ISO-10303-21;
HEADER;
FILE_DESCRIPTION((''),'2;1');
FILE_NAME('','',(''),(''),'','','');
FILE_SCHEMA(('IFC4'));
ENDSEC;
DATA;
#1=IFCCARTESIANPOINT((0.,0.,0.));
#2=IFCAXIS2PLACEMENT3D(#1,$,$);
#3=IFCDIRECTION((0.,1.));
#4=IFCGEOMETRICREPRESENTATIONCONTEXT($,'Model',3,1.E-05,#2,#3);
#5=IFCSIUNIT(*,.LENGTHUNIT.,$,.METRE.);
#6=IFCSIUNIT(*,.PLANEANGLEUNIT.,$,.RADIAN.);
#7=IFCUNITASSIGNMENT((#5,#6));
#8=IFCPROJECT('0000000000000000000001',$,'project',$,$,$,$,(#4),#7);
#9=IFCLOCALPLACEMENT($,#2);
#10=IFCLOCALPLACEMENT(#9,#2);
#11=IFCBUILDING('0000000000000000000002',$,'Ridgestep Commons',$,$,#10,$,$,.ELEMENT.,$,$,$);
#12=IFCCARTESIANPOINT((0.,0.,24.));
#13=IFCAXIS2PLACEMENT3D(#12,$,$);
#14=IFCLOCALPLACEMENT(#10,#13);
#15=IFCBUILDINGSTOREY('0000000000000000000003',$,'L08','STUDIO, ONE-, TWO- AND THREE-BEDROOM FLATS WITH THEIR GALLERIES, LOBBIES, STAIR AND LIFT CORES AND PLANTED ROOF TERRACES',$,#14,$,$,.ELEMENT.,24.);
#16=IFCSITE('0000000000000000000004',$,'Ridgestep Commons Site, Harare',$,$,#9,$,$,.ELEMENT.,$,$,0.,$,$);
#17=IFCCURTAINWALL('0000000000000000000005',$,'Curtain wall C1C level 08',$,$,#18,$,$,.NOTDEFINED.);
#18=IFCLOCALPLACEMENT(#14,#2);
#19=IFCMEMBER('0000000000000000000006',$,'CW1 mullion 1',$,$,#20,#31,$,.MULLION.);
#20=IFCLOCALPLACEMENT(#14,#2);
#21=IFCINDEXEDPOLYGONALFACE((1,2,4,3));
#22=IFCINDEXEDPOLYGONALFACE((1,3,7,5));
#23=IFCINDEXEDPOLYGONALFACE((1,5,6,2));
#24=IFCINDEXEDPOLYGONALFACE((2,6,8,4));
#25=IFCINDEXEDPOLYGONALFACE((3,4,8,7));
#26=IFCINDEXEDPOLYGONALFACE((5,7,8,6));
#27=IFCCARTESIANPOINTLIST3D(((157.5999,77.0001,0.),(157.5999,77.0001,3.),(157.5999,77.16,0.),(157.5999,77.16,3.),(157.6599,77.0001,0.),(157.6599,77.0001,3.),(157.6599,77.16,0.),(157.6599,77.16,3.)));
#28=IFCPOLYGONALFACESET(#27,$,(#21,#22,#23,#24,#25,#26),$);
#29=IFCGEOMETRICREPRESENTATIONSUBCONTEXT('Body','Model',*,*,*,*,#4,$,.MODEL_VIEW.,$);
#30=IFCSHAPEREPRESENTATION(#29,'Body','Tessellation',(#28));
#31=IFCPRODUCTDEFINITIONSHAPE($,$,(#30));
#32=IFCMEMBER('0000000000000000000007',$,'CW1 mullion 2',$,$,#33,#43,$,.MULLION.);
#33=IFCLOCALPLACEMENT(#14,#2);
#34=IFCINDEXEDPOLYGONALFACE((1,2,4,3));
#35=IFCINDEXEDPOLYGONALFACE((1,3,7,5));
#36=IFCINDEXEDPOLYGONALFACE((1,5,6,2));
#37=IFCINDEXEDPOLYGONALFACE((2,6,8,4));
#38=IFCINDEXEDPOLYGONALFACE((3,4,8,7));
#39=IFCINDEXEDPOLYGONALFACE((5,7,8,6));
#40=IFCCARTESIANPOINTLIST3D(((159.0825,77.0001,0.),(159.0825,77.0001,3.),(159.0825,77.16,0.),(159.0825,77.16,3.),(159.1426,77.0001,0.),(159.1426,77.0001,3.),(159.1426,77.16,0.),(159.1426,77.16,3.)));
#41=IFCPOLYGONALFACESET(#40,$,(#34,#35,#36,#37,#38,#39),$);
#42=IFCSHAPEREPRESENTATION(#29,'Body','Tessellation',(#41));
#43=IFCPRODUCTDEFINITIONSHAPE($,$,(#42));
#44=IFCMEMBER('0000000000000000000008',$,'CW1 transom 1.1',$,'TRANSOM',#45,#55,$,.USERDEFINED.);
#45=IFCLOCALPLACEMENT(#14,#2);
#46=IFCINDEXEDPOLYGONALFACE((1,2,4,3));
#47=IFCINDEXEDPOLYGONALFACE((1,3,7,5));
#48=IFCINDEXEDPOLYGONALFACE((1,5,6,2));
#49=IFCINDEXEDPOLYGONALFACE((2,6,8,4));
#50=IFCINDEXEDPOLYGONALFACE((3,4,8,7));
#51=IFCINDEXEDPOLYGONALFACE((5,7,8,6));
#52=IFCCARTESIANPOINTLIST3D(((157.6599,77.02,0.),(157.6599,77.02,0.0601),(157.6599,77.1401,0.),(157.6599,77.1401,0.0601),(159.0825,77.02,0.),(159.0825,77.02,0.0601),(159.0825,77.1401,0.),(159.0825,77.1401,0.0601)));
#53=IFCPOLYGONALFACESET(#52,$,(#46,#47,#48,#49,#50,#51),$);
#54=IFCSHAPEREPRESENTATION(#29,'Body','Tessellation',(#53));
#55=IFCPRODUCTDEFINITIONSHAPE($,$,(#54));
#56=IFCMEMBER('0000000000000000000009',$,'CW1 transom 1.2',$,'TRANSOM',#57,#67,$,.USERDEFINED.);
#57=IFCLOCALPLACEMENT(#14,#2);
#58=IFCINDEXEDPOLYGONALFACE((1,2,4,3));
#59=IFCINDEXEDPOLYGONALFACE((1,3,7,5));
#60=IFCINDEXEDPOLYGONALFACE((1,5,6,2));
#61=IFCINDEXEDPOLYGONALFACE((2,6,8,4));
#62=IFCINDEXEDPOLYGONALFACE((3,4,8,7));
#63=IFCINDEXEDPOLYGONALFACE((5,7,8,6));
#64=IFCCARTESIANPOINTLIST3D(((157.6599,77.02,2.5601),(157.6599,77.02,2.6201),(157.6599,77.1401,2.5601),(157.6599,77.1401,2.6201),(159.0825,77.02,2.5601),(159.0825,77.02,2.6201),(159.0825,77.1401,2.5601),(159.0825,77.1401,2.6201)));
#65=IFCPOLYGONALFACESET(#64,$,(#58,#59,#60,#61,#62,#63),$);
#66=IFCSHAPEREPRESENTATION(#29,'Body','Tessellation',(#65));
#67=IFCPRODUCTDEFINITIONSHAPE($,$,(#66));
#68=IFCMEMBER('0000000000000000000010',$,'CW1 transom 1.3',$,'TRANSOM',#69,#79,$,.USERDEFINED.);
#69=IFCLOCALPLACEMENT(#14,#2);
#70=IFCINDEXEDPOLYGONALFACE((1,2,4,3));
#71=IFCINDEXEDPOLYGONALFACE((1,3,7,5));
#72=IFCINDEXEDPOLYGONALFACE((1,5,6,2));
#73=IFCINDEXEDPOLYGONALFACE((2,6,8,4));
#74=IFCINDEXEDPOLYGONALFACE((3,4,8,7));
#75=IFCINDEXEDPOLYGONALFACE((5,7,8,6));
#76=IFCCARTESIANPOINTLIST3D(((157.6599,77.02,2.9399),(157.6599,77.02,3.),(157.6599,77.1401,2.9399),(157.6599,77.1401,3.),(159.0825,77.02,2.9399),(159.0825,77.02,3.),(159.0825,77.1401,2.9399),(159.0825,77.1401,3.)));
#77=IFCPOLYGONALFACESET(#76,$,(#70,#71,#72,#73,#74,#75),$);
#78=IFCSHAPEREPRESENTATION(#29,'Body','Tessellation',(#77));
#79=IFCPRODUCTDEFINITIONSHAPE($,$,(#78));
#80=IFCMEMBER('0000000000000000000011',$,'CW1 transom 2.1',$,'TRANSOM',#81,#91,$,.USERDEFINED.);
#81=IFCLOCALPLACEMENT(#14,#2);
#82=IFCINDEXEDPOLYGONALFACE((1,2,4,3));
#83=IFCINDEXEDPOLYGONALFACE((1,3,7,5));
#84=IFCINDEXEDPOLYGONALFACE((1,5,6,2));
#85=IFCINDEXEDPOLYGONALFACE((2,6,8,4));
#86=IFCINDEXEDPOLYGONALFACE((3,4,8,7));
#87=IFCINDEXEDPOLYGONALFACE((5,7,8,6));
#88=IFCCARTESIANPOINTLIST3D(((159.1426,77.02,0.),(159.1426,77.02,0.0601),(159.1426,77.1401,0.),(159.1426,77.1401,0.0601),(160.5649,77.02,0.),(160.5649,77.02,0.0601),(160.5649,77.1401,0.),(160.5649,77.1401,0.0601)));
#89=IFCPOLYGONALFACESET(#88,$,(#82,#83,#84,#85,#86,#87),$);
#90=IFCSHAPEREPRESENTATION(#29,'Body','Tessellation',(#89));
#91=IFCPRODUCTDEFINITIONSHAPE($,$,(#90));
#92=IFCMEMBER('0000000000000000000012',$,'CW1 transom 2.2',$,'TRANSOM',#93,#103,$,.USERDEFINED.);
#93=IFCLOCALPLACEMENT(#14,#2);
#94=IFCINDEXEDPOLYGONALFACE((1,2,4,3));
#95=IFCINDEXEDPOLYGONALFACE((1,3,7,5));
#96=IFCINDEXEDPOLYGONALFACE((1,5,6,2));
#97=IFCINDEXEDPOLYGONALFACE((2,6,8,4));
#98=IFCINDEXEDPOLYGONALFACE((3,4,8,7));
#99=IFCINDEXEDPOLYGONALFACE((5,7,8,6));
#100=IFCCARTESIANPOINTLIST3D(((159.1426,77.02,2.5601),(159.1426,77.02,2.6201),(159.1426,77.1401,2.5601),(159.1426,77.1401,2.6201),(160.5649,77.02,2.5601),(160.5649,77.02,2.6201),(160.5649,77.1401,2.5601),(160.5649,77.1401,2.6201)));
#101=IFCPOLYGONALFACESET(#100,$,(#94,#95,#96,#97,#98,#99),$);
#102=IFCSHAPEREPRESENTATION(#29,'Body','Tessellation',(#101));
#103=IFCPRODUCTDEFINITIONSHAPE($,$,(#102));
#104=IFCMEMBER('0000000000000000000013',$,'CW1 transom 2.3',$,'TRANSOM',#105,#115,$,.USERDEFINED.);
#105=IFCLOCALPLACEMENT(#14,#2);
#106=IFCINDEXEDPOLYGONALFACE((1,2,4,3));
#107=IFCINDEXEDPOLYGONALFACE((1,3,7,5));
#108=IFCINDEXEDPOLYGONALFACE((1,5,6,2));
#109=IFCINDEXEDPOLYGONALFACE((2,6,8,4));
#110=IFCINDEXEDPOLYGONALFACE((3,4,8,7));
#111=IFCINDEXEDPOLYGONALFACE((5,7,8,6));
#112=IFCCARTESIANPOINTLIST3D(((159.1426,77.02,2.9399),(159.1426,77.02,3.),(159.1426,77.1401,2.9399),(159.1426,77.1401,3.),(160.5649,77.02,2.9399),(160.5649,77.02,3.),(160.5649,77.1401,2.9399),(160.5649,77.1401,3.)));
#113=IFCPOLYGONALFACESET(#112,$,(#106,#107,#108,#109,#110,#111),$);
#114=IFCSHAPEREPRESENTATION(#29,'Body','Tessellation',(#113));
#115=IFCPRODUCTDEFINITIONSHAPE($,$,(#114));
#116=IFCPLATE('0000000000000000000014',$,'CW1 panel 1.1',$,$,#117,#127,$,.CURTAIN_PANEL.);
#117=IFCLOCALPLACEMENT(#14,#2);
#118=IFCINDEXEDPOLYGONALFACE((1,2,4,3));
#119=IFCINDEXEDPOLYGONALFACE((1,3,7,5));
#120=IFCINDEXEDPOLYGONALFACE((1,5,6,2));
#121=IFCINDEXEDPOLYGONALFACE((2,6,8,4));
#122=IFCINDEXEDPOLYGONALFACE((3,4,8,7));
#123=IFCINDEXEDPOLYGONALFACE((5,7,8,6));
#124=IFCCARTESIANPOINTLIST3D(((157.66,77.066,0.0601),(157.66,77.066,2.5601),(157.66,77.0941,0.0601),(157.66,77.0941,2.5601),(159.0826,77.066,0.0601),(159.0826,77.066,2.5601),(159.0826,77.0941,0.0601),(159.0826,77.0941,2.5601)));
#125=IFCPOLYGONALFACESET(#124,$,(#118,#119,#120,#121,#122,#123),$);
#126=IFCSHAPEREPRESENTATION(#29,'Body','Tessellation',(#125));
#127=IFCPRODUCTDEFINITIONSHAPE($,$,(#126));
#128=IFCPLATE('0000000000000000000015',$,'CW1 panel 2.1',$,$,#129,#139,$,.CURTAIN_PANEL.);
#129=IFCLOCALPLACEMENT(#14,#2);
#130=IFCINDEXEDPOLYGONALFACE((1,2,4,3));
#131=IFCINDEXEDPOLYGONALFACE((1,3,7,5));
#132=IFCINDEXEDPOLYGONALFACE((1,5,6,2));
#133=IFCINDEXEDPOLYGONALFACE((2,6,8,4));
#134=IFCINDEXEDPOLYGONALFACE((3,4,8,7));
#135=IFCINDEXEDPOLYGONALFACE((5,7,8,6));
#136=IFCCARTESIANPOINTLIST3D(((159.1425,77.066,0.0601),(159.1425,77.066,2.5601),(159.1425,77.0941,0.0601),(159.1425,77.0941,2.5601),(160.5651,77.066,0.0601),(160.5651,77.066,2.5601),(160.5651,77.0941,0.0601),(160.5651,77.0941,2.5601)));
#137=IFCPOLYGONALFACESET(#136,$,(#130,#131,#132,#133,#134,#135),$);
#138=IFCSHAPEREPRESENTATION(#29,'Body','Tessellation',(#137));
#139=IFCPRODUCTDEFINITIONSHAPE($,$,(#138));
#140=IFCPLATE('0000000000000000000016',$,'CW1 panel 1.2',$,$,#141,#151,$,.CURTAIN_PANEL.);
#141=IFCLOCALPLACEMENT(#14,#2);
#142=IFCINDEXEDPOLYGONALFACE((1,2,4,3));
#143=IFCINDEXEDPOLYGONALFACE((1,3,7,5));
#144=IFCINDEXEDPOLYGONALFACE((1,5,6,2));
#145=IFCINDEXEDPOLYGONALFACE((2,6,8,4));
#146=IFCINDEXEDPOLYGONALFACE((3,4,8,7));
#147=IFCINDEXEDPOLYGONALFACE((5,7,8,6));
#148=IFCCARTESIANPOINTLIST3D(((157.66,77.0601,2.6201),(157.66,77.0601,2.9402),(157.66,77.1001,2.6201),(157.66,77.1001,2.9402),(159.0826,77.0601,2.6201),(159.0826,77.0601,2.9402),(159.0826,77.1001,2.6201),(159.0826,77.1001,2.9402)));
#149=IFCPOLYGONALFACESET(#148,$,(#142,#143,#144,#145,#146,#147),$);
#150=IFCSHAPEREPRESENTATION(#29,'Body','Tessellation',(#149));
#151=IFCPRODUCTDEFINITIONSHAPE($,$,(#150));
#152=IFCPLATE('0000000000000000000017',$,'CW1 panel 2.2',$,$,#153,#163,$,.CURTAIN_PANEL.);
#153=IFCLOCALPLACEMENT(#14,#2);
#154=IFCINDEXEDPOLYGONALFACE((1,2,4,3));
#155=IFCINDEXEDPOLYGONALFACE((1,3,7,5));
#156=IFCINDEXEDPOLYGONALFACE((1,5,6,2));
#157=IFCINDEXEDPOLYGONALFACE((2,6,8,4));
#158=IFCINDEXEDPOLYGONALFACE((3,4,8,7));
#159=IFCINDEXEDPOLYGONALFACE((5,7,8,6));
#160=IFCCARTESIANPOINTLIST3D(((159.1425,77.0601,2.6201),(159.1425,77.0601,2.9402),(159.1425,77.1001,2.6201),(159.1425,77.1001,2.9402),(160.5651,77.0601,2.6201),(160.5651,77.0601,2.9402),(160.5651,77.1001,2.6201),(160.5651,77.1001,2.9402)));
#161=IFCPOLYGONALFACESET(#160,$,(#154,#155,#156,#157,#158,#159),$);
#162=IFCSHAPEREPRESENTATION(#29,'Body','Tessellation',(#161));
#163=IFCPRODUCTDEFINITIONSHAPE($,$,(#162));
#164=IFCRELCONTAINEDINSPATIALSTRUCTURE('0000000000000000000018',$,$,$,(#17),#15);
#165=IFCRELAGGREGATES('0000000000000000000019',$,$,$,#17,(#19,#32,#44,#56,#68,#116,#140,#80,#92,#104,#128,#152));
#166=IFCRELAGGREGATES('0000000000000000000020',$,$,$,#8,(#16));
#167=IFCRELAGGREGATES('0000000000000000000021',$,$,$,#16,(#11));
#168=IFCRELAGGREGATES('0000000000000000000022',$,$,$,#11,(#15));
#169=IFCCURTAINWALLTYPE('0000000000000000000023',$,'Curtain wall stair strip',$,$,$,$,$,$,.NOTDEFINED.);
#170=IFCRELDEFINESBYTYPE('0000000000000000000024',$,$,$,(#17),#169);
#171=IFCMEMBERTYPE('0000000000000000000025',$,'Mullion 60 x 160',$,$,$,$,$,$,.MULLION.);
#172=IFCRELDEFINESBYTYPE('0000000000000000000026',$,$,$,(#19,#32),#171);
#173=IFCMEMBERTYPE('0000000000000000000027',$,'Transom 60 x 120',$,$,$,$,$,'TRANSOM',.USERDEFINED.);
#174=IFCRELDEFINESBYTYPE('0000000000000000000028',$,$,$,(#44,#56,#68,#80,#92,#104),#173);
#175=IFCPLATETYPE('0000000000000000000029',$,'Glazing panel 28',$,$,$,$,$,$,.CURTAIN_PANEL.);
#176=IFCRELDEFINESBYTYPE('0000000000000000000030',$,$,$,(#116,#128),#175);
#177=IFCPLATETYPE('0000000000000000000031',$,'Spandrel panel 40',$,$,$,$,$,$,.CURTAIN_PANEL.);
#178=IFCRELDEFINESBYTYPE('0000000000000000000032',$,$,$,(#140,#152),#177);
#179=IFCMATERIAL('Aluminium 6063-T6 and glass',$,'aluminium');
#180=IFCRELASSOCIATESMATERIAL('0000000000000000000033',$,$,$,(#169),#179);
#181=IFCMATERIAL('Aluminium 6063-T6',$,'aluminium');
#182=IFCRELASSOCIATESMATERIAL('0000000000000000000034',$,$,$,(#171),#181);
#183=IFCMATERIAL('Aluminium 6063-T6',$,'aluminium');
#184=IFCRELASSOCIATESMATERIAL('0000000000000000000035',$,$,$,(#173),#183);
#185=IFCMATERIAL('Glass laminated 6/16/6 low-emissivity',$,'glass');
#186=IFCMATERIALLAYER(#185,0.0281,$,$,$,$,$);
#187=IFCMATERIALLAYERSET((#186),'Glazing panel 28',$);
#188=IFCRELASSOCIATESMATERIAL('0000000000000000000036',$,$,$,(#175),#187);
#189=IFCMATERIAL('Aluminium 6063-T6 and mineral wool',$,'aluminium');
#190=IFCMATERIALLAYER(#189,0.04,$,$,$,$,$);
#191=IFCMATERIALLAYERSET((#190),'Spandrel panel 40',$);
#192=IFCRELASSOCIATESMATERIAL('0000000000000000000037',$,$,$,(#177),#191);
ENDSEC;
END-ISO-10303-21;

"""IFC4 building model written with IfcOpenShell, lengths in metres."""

from ifc_helpers import new_model, si_unit, direction, frame, origin, origin_2d, place, context, subcontext, project, spatial, rectangle, extrude, material, layer, layer_set, material_profile, profile_set, type_object, element, aggregate, save


model = new_model("IFC4")

# Units and contexts
model_context = context("Model", 3, precision=1e-05, world=origin(), true_north=direction((0.0, 1.0)))
body_context = subcontext(model_context, "Body", "Model", "MODEL_VIEW")
ifc_project = project(units=[si_unit("LENGTHUNIT", "METRE"), si_unit("PLANEANGLEUNIT", "RADIAN")], contexts=[model_context])

# Site, building, storey
site_placement = place(None, origin())
site = spatial("IfcSite", under=ifc_project, at=site_placement, Name="Ridgestep Commons Site, Harare", CompositionType="ELEMENT", RefElevation=0.0)
building_placement = place(site_placement, origin())
building = spatial("IfcBuilding", under=site, at=building_placement, Name="Ridgestep Commons", CompositionType="ELEMENT")
storey_placement = place(building_placement, frame((0.0, 0.0, 24.0)))
storey = spatial("IfcBuildingStorey", under=building, at=storey_placement, Name="L08", Description="STUDIO, ONE-, TWO- AND THREE-BEDROOM FLATS WITH THEIR GALLERIES, LOBBIES, STAIR AND LIFT CORES AND PLANTED ROOF TERRACES", CompositionType="ELEMENT", Elevation=24.0)

# Curtain wall, members, plates
ifc_material_1 = material(Name="Aluminium 6063-T6 and glass", Category="aluminium")
curtain_wall_type = type_object("IfcCurtainWallType", Name="Curtain wall stair strip", PredefinedType="NOTDEFINED", material=ifc_material_1)
curtain_wall_placement = place(storey_placement, origin())
curtain_wall = element("IfcCurtainWall", 1, at=curtain_wall_placement, inside=storey, type_object=curtain_wall_type, Name="Curtain wall C1C level 08", PredefinedType="NOTDEFINED")
ifc_material_2 = material(Name="Aluminium 6063-T6", Category="aluminium")
ifc_material_profile_1 = material_profile(ifc_material_2, rectangle(XDim=0.1599, YDim=0.0601, at=origin_2d()), Name="Mullion 60 x 160")
ifc_profile_set_1 = profile_set([ifc_material_profile_1], Name="Aluminium 6063-T6")
member_type_1 = type_object("IfcMemberType", Name="Mullion 60 x 160", PredefinedType="MULLION", material=ifc_profile_set_1)
member_1_placement = place(storey_placement, frame((157.6299, 77.0801, 0.0), z_axis=(0.0, 0.0, 1.0), x_axis=(0.0, 1.0, 0.0)))
member_1 = element("IfcMember", 2, at=member_1_placement, type_object=member_type_1, Name="CW1 mullion 1", PredefinedType="MULLION", context=body_context, shape_type="SweptSolid", body=[
    extrude(rectangle(XDim=0.1599, YDim=0.0601, at=origin_2d()), origin(), (0.0, 0.0, 1.0), 3.0),
])
member_2_placement = place(storey_placement, frame((159.1125, 77.0801, 0.0), z_axis=(0.0, 0.0, 1.0), x_axis=(0.0, 1.0, 0.0)))
member_2 = element("IfcMember", 3, at=member_2_placement, type_object=member_type_1, Name="CW1 mullion 2", PredefinedType="MULLION", context=body_context, shape_type="SweptSolid", body=[
    extrude(rectangle(XDim=0.1599, YDim=0.0601, at=origin_2d()), origin(), (0.0, 0.0, 1.0), 3.0),
])
ifc_material_3 = material(Name="Aluminium 6063-T6", Category="aluminium")
ifc_material_profile_2 = material_profile(ifc_material_3, rectangle(XDim=0.1201, YDim=0.0601, at=origin_2d()), Name="Transom 60 x 120")
ifc_profile_set_2 = profile_set([ifc_material_profile_2], Name="Aluminium 6063-T6")
member_type_2 = type_object("IfcMemberType", Name="Transom 60 x 120", ElementType="TRANSOM", PredefinedType="USERDEFINED", material=ifc_profile_set_2)
member_3_placement = place(storey_placement, frame((157.6599, 77.0801, 0.03), z_axis=(1.0, 0.0, 0.0), x_axis=(0.0, 1.0, 0.0)))
member_3 = element("IfcMember", 4, at=member_3_placement, type_object=member_type_2, Name="CW1 transom 1.1", ObjectType="TRANSOM", PredefinedType="USERDEFINED", context=body_context, shape_type="SweptSolid", body=[
    extrude(rectangle(XDim=0.1201, YDim=0.0601, at=origin_2d()), origin(), (0.0, 0.0, 1.0), 1.4226),
])
member_4_placement = place(storey_placement, frame((157.6599, 77.0801, 2.5901), z_axis=(1.0, 0.0, 0.0), x_axis=(0.0, 1.0, 0.0)))
member_4 = element("IfcMember", 5, at=member_4_placement, type_object=member_type_2, Name="CW1 transom 1.2", ObjectType="TRANSOM", PredefinedType="USERDEFINED", context=body_context, shape_type="SweptSolid", body=[
    extrude(rectangle(XDim=0.1201, YDim=0.0601, at=origin_2d()), origin(), (0.0, 0.0, 1.0), 1.4226),
])
member_5_placement = place(storey_placement, frame((157.6599, 77.0801, 2.97), z_axis=(1.0, 0.0, 0.0), x_axis=(0.0, 1.0, 0.0)))
member_5 = element("IfcMember", 6, at=member_5_placement, type_object=member_type_2, Name="CW1 transom 1.3", ObjectType="TRANSOM", PredefinedType="USERDEFINED", context=body_context, shape_type="SweptSolid", body=[
    extrude(rectangle(XDim=0.1201, YDim=0.0601, at=origin_2d()), origin(), (0.0, 0.0, 1.0), 1.4226),
])
member_6_placement = place(storey_placement, frame((159.1426, 77.0801, 0.03), z_axis=(1.0, 0.0, 0.0), x_axis=(0.0, 1.0, 0.0)))
member_6 = element("IfcMember", 7, at=member_6_placement, type_object=member_type_2, Name="CW1 transom 2.1", ObjectType="TRANSOM", PredefinedType="USERDEFINED", context=body_context, shape_type="SweptSolid", body=[
    extrude(rectangle(XDim=0.1201, YDim=0.0601, at=origin_2d()), origin(), (0.0, 0.0, 1.0), 1.4224),
])
member_7_placement = place(storey_placement, frame((159.1426, 77.0801, 2.5901), z_axis=(1.0, 0.0, 0.0), x_axis=(0.0, 1.0, 0.0)))
member_7 = element("IfcMember", 8, at=member_7_placement, type_object=member_type_2, Name="CW1 transom 2.2", ObjectType="TRANSOM", PredefinedType="USERDEFINED", context=body_context, shape_type="SweptSolid", body=[
    extrude(rectangle(XDim=0.1201, YDim=0.0601, at=origin_2d()), origin(), (0.0, 0.0, 1.0), 1.4224),
])
member_8_placement = place(storey_placement, frame((159.1426, 77.0801, 2.97), z_axis=(1.0, 0.0, 0.0), x_axis=(0.0, 1.0, 0.0)))
member_8 = element("IfcMember", 9, at=member_8_placement, type_object=member_type_2, Name="CW1 transom 2.3", ObjectType="TRANSOM", PredefinedType="USERDEFINED", context=body_context, shape_type="SweptSolid", body=[
    extrude(rectangle(XDim=0.1201, YDim=0.0601, at=origin_2d()), origin(), (0.0, 0.0, 1.0), 1.4224),
])
ifc_material_4 = material(Name="Glass laminated 6/16/6 low-emissivity", Category="glass")
ifc_layer_1 = layer(ifc_material_4, 0.0281)
ifc_layer_set_1 = layer_set([ifc_layer_1], Name="Glazing panel 28")
plate_type_1 = type_object("IfcPlateType", Name="Glazing panel 28", PredefinedType="CURTAIN_PANEL", material=ifc_layer_set_1)
plate_1_placement = place(storey_placement, frame((158.3713, 77.0801, 0.0601), z_axis=(0.0, 0.0, 1.0), x_axis=(1.0, 0.0, 0.0)))
plate_1 = element("IfcPlate", 10, at=plate_1_placement, type_object=plate_type_1, Name="CW1 panel 1.1", PredefinedType="CURTAIN_PANEL", context=body_context, shape_type="SweptSolid", body=[
    extrude(rectangle(XDim=1.4226, YDim=0.0281, at=origin_2d()), origin(), (0.0, 0.0, 1.0), 2.5),
])
plate_2_placement = place(storey_placement, frame((159.8538, 77.0801, 0.0601), z_axis=(0.0, 0.0, 1.0), x_axis=(1.0, 0.0, 0.0)))
plate_2 = element("IfcPlate", 11, at=plate_2_placement, type_object=plate_type_1, Name="CW1 panel 2.1", PredefinedType="CURTAIN_PANEL", context=body_context, shape_type="SweptSolid", body=[
    extrude(rectangle(XDim=1.4226, YDim=0.0281, at=origin_2d()), origin(), (0.0, 0.0, 1.0), 2.5),
])
ifc_material_5 = material(Name="Aluminium 6063-T6 and mineral wool", Category="aluminium")
ifc_layer_2 = layer(ifc_material_5, 0.04)
ifc_layer_set_2 = layer_set([ifc_layer_2], Name="Spandrel panel 40")
plate_type_2 = type_object("IfcPlateType", Name="Spandrel panel 40", PredefinedType="CURTAIN_PANEL", material=ifc_layer_set_2)
plate_3_placement = place(storey_placement, frame((158.3713, 77.0801, 2.6201), z_axis=(0.0, 0.0, 1.0), x_axis=(1.0, 0.0, 0.0)))
plate_3 = element("IfcPlate", 12, at=plate_3_placement, type_object=plate_type_2, Name="CW1 panel 1.2", PredefinedType="CURTAIN_PANEL", context=body_context, shape_type="SweptSolid", body=[
    extrude(rectangle(XDim=1.4226, YDim=0.04, at=origin_2d()), origin(), (0.0, 0.0, 1.0), 0.3201),
])
plate_4_placement = place(storey_placement, frame((159.8538, 77.0801, 2.6201), z_axis=(0.0, 0.0, 1.0), x_axis=(1.0, 0.0, 0.0)))
plate_4 = element("IfcPlate", 13, at=plate_4_placement, type_object=plate_type_2, Name="CW1 panel 2.2", PredefinedType="CURTAIN_PANEL", context=body_context, shape_type="SweptSolid", body=[
    extrude(rectangle(XDim=1.4226, YDim=0.04, at=origin_2d()), origin(), (0.0, 0.0, 1.0), 0.3201),
])
aggregate(curtain_wall, [member_1, member_2, member_3, member_4, member_5, plate_1, plate_3, member_6, member_7, member_8, plate_2, plate_4])

save(model, "model.ifc")
